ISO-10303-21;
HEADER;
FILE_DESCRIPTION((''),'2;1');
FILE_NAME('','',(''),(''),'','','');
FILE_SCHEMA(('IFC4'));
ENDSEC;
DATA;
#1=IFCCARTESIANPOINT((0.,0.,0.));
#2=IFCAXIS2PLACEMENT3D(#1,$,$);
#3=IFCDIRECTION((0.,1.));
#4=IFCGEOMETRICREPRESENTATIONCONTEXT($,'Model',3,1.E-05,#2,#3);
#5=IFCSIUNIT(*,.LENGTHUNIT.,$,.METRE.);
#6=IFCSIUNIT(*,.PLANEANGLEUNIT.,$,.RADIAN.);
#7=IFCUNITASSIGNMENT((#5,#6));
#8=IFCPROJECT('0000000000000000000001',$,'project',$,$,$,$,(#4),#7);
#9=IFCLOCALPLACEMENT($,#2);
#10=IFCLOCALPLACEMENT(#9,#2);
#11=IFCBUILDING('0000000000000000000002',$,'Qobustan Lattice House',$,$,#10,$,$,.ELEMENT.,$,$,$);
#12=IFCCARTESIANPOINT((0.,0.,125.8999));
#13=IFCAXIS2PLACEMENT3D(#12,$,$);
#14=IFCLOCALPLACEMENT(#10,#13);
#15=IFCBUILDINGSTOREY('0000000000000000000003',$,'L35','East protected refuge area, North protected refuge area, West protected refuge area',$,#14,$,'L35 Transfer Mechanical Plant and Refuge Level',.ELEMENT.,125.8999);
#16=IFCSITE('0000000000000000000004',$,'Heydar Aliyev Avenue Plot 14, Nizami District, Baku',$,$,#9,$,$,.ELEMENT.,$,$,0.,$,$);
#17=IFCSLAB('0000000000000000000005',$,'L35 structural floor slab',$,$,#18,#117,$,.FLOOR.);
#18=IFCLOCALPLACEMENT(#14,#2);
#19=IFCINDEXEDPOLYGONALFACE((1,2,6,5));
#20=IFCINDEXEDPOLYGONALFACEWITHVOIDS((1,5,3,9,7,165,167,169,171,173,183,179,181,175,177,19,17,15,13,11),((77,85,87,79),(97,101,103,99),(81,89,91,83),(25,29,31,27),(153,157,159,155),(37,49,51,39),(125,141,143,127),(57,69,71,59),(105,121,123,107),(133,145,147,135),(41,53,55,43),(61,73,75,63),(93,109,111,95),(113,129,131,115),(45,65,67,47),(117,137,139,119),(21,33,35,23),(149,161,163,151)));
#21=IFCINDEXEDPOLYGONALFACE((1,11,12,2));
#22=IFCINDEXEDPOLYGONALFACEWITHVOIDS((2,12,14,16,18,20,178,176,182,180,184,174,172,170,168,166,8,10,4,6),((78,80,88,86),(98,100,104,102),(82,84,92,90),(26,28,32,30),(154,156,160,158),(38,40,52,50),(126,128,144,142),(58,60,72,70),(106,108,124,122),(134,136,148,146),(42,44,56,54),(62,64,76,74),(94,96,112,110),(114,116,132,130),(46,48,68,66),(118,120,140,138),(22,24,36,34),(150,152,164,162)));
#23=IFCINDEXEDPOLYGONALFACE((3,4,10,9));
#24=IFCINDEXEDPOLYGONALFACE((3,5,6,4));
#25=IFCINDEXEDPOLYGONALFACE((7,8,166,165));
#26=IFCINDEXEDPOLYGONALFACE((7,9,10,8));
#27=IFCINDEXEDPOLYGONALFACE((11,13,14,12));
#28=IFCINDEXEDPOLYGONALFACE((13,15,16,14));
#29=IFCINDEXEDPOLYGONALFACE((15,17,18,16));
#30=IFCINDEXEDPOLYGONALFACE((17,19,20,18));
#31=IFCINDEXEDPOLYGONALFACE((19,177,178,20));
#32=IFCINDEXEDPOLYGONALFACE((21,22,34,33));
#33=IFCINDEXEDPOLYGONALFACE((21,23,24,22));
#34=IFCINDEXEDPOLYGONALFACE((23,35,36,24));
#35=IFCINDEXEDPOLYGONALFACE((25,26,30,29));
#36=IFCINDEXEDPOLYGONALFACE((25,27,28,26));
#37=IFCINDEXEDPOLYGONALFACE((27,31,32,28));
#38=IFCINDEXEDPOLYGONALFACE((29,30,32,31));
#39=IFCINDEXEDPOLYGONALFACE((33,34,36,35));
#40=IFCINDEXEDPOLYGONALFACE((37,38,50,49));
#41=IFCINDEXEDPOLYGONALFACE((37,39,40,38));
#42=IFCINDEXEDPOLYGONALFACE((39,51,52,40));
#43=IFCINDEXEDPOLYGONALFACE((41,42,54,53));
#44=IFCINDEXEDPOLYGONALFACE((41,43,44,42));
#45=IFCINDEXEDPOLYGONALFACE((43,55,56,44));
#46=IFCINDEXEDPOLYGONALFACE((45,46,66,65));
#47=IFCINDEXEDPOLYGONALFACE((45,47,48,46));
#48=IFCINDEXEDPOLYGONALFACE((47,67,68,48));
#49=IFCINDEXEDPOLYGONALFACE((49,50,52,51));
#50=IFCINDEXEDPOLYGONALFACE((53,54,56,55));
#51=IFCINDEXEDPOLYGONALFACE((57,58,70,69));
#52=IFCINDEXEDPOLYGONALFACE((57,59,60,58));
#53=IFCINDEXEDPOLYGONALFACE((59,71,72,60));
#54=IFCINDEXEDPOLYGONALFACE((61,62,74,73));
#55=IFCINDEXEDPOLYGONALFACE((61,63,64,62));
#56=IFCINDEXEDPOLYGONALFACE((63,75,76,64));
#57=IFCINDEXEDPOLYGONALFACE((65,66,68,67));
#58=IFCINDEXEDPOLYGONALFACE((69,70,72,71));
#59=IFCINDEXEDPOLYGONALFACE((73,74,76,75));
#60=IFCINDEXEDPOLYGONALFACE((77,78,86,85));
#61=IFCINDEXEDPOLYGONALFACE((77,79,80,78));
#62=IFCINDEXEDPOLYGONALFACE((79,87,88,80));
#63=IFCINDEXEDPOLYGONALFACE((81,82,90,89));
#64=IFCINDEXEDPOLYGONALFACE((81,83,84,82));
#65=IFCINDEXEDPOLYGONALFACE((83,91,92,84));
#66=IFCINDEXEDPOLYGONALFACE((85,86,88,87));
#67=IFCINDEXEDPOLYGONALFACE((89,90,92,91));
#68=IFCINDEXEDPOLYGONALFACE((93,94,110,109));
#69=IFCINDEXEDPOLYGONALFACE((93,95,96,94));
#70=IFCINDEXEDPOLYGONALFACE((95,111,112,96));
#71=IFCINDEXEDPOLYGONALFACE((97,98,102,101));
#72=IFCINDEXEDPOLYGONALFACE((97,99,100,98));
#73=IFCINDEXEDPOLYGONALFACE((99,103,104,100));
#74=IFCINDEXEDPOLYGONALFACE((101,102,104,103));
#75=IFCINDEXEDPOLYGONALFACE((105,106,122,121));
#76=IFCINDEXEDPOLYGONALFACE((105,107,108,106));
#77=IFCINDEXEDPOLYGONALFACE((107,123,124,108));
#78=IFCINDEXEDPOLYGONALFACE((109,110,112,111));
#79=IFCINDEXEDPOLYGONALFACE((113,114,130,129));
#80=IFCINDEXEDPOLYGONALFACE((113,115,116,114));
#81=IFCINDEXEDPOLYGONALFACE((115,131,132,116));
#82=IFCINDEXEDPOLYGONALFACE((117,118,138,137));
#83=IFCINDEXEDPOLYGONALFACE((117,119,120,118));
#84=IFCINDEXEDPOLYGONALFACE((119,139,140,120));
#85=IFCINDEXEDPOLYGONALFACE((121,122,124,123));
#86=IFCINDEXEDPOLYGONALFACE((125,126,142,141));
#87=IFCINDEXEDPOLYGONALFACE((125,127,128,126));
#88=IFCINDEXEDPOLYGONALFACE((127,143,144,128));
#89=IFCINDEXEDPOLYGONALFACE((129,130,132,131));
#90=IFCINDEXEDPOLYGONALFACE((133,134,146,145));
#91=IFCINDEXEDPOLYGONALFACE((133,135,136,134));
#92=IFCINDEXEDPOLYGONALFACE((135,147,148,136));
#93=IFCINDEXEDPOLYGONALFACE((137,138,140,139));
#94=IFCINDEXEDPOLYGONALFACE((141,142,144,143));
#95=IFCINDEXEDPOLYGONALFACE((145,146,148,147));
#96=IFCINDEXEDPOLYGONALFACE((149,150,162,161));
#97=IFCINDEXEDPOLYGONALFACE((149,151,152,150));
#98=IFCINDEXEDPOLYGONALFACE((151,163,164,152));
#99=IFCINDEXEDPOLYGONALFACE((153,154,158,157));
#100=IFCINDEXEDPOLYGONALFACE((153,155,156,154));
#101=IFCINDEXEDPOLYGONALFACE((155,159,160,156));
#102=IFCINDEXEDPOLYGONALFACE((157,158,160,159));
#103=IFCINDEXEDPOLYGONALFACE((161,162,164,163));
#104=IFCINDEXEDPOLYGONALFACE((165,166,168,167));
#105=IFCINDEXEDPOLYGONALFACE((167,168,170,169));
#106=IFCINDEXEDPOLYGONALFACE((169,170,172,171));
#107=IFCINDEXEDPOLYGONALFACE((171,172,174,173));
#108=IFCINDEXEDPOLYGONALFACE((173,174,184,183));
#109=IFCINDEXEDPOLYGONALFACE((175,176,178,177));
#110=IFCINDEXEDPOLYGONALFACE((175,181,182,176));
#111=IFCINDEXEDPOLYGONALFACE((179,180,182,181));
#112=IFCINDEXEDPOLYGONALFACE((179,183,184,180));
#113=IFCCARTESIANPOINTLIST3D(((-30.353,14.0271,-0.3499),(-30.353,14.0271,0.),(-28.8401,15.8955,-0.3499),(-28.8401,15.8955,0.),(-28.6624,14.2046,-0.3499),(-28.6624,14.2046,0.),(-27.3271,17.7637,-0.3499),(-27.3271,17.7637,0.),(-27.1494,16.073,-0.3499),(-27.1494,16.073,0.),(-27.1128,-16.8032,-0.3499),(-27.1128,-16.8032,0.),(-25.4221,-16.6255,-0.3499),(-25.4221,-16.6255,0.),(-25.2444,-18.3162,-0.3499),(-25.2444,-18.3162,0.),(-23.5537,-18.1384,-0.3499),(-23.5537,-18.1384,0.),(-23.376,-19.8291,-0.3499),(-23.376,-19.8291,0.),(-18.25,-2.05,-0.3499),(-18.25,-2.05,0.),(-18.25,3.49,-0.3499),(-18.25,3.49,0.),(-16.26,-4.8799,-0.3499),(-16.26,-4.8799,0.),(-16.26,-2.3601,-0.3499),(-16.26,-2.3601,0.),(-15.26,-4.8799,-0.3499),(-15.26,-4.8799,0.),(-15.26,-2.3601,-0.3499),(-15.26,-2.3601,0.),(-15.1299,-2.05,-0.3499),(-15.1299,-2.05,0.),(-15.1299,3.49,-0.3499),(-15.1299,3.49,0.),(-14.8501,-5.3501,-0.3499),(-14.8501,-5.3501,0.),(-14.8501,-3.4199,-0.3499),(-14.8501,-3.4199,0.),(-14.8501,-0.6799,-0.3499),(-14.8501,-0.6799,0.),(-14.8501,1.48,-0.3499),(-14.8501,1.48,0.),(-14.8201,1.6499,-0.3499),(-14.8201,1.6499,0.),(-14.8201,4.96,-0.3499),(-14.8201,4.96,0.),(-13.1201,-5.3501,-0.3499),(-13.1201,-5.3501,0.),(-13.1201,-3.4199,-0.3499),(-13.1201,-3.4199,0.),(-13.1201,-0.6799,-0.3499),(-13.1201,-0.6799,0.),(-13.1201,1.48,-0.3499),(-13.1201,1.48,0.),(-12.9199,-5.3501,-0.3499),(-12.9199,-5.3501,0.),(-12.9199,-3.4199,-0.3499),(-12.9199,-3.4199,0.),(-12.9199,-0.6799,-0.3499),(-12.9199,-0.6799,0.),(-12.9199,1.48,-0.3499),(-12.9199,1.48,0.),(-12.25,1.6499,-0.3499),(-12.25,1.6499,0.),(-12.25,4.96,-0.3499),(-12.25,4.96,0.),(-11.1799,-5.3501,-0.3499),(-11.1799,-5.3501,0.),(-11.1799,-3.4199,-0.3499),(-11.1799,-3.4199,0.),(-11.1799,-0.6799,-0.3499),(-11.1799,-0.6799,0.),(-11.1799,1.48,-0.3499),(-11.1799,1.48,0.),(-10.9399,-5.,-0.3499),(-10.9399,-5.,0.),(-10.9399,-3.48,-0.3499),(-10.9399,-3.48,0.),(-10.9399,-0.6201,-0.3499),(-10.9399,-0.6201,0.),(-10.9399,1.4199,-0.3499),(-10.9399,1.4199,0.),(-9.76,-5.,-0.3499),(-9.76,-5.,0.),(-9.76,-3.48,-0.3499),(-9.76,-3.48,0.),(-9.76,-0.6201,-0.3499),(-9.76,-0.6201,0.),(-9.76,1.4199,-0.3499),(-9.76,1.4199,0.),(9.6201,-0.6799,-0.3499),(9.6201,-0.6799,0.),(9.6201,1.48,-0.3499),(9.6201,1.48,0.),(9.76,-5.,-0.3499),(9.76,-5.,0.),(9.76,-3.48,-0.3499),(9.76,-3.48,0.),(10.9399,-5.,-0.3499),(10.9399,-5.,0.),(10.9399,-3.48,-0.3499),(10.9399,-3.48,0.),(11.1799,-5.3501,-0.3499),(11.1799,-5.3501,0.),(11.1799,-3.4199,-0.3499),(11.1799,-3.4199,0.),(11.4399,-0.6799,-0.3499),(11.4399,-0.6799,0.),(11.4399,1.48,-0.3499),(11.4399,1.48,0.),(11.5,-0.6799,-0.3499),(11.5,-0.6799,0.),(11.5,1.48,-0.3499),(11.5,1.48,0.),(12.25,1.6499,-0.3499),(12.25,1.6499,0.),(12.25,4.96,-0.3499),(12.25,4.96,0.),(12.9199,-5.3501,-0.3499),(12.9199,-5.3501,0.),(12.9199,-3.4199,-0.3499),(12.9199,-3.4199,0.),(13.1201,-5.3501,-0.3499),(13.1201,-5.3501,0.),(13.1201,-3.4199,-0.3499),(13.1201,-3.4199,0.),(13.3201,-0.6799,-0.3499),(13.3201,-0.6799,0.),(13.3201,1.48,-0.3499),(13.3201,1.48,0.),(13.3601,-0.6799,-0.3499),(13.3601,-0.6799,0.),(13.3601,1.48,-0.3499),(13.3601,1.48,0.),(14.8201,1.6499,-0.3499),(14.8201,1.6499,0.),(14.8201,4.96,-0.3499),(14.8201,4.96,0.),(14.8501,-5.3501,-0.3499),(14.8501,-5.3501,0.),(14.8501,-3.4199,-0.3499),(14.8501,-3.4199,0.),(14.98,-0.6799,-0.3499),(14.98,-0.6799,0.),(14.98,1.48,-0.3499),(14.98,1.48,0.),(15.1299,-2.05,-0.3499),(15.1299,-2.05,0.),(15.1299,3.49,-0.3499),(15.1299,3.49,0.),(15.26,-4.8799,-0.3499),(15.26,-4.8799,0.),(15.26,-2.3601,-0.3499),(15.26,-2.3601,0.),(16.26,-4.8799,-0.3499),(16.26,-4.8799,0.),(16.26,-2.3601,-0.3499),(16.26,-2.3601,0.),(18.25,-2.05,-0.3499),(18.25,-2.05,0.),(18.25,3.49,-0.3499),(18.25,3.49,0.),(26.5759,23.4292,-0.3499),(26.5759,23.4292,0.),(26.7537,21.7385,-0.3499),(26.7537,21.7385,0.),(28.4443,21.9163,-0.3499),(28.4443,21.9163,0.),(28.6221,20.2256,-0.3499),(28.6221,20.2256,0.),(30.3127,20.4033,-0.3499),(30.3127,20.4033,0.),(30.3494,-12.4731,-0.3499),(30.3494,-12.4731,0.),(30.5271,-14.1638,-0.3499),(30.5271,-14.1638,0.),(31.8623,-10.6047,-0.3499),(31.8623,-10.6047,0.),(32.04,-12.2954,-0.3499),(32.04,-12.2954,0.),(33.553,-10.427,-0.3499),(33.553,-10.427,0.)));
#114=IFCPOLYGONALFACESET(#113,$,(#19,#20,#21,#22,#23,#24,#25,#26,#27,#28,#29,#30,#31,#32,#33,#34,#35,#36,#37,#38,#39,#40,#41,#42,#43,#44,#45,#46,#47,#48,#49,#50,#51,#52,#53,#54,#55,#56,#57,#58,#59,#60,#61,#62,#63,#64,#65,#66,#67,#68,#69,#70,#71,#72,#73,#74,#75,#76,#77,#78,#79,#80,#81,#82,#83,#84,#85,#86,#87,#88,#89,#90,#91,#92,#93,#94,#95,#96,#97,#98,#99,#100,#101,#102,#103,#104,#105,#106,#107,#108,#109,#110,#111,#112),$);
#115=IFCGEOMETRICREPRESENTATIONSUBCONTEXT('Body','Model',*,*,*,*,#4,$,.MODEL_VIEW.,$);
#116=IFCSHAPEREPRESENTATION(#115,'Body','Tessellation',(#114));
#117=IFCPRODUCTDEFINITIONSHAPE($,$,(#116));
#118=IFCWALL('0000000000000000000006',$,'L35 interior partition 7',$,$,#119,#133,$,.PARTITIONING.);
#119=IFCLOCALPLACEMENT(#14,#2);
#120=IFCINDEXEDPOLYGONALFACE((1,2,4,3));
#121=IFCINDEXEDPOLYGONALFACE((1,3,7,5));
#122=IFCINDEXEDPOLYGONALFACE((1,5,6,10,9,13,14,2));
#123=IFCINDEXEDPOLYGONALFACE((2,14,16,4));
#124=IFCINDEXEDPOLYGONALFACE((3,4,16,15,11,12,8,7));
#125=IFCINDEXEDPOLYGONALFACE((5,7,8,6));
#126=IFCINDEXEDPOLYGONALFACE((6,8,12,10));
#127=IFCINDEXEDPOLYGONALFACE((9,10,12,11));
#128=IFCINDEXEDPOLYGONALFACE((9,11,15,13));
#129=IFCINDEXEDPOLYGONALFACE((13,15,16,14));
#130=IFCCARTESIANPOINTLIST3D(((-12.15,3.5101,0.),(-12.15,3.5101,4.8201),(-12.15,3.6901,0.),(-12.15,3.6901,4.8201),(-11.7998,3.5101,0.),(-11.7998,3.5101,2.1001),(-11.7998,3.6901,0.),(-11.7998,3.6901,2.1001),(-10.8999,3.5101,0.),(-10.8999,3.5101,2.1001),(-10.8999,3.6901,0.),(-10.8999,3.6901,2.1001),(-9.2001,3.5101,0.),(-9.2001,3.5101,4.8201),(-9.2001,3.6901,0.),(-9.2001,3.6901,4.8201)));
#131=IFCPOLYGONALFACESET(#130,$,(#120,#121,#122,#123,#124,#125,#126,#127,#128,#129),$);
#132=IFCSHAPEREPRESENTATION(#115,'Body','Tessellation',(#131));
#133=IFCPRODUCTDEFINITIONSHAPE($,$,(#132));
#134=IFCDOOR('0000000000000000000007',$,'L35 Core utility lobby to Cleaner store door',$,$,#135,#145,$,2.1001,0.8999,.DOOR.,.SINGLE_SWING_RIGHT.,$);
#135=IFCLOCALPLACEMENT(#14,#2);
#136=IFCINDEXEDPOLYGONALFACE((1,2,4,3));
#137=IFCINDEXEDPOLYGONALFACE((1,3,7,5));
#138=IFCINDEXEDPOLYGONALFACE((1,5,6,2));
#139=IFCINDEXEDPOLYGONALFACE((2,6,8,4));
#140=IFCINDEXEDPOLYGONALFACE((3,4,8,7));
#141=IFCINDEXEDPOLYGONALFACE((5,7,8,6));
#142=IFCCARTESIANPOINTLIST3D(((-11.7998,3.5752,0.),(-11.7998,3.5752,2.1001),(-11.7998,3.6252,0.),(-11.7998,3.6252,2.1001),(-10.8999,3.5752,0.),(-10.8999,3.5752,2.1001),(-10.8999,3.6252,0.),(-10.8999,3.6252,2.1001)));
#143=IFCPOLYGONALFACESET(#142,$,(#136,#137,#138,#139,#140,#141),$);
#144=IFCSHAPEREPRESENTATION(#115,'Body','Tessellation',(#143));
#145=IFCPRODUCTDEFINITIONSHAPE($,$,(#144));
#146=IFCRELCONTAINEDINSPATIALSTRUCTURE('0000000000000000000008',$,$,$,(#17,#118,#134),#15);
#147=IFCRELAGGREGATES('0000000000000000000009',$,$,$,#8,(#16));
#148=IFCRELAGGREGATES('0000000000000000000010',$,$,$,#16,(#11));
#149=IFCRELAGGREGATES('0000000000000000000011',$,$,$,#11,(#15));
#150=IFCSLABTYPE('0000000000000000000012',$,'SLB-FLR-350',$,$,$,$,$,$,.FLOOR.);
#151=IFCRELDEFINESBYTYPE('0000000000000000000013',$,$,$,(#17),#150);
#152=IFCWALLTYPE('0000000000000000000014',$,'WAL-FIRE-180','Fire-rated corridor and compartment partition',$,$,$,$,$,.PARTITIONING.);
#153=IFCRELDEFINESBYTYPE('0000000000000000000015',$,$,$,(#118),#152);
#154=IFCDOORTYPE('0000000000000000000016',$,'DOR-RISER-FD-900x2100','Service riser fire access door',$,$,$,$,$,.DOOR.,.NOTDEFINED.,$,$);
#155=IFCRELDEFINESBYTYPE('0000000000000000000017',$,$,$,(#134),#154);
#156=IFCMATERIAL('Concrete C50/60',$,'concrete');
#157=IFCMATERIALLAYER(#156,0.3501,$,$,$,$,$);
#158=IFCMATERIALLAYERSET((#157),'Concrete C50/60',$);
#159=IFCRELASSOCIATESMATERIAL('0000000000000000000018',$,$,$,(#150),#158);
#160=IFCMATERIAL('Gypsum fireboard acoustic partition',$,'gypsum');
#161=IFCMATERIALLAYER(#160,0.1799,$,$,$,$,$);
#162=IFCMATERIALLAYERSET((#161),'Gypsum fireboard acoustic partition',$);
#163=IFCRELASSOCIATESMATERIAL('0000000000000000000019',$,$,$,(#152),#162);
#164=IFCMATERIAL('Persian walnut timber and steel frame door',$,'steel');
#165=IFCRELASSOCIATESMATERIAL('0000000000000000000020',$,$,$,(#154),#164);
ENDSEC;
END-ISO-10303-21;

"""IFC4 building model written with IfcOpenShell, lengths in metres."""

from ifc_helpers import new_model, si_unit, direction, frame, frame_2d, origin, place, context, subcontext, project, spatial, polyline, rectangle, outline, extrude, material, layer, layer_set, type_object, element, fill, save


model = new_model("IFC4")

# Units and contexts
model_context = context("Model", 3, precision=1e-05, world=origin(), true_north=direction((0.0, 1.0)))
body_context = subcontext(model_context, "Body", "Model", "MODEL_VIEW")
ifc_project = project(units=[si_unit("LENGTHUNIT", "METRE"), si_unit("PLANEANGLEUNIT", "RADIAN")], contexts=[model_context])

# Site, building, storey
site_placement = place(None, origin())
site = spatial("IfcSite", under=ifc_project, at=site_placement, Name="Heydar Aliyev Avenue Plot 14, Nizami District, Baku", CompositionType="ELEMENT", RefElevation=0.0)
building_placement = place(site_placement, origin())
building = spatial("IfcBuilding", under=site, at=building_placement, Name="Qobustan Lattice House", CompositionType="ELEMENT")
storey_placement = place(building_placement, frame((0.0, 0.0, 125.8999)))
storey = spatial("IfcBuildingStorey", under=building, at=storey_placement, Name="L35", Description="East protected refuge area, North protected refuge area, West protected refuge area", LongName="L35 Transfer Mechanical Plant and Refuge Level", CompositionType="ELEMENT", Elevation=125.8999)

# Slab
ifc_material_1 = material(Name="Concrete C50/60", Category="concrete")
ifc_layer_1 = layer(ifc_material_1, 0.3501)
ifc_layer_set_1 = layer_set([ifc_layer_1], Name="Concrete C50/60")
slab_type = type_object("IfcSlabType", Name="SLB-FLR-350", PredefinedType="FLOOR", material=ifc_layer_set_1)
slab_placement = place(storey_placement, frame((0.0, 0.0, -0.3499)))
element("IfcSlab", 1, at=slab_placement, inside=storey, type_object=slab_type, Name="L35 structural floor slab", PredefinedType="FLOOR", context=body_context, shape_type="SweptSolid", body=[
    extrude(outline(polyline([(-23.376, -19.8291), (30.5271, -14.1638), (30.3494, -12.4731), (32.04, -12.2954), (31.8623, -10.6047), (33.553, -10.427), (30.3127, 20.4033), (28.6221, 20.2256), (28.4443, 21.9163), (26.7537, 21.7385), (26.5759, 23.4292), (-27.3271, 17.7637), (-27.1494, 16.073), (-28.8401, 15.8955), (-28.6624, 14.2046), (-30.353, 14.0271), (-27.1128, -16.8032), (-25.4221, -16.6255), (-25.2444, -18.3162), (-23.5537, -18.1384), (-23.376, -19.8291)]), holes=[polyline([(-18.25, -2.05), (-18.25, 3.49), (-15.1299, 3.49), (-15.1299, -2.05), (-18.25, -2.05)]), polyline([(15.1299, -2.05), (15.1299, 3.49), (18.25, 3.49), (18.25, -2.05), (15.1299, -2.05)]), polyline([(-14.8201, 1.6499), (-14.8201, 4.96), (-12.25, 4.96), (-12.25, 1.6499), (-14.8201, 1.6499)]), polyline([(12.25, 1.6499), (12.25, 4.96), (14.8201, 4.96), (14.8201, 1.6499), (12.25, 1.6499)]), polyline([(-16.26, -4.8799), (-16.26, -2.3601), (-15.26, -2.3601), (-15.26, -4.8799), (-16.26, -4.8799)]), polyline([(15.26, -4.8799), (15.26, -2.3601), (16.26, -2.3601), (16.26, -4.8799), (15.26, -4.8799)]), polyline([(-14.8501, -5.3501), (-14.8501, -3.4199), (-13.1201, -3.4199), (-13.1201, -5.3501), (-14.8501, -5.3501)]), polyline([(-12.9199, -5.3501), (-12.9199, -3.4199), (-11.1799, -3.4199), (-11.1799, -5.3501), (-12.9199, -5.3501)]), polyline([(-14.8501, -0.6799), (-14.8501, 1.48), (-13.1201, 1.48), (-13.1201, -0.6799), (-14.8501, -0.6799)]), polyline([(-12.9199, -0.6799), (-12.9199, 1.48), (-11.1799, 1.48), (-11.1799, -0.6799), (-12.9199, -0.6799)]), polyline([(-10.9399, -5.0), (-10.9399, -3.48), (-9.76, -3.48), (-9.76, -5.0), (-10.9399, -5.0)]), polyline([(-10.9399, -0.6201), (-10.9399, 1.4199), (-9.76, 1.4199), (-9.76, -0.6201), (-10.9399, -0.6201)]), polyline([(11.1799, -5.3501), (11.1799, -3.4199), (12.9199, -3.4199), (12.9199, -5.3501), (11.1799, -5.3501)]), polyline([(13.1201, -5.3501), (13.1201, -3.4199), (14.8501, -3.4199), (14.8501, -5.3501), (13.1201, -5.3501)]), polyline([(9.76, -5.0), (9.76, -3.48), (10.9399, -3.48), (10.9399, -5.0), (9.76, -5.0)]), polyline([(13.3601, -0.6799), (13.3601, 1.48), (14.98, 1.48), (14.98, -0.6799), (13.3601, -0.6799)]), polyline([(9.6201, -0.6799), (9.6201, 1.48), (11.4399, 1.48), (11.4399, -0.6799), (9.6201, -0.6799)]), polyline([(11.5, -0.6799), (11.5, 1.48), (13.3201, 1.48), (13.3201, -0.6799), (11.5, -0.6799)])]), origin(), (0.0, 0.0, 1.0), 0.3499),
])

# Wall, opening, door
ifc_material_2 = material(Name="Gypsum fireboard acoustic partition", Category="gypsum")
ifc_layer_2 = layer(ifc_material_2, 0.1799)
ifc_layer_set_2 = layer_set([ifc_layer_2], Name="Gypsum fireboard acoustic partition")
wall_type_1 = type_object("IfcWallType", Name="WAL-FIRE-180", Description="Fire-rated corridor and compartment partition", PredefinedType="PARTITIONING", material=ifc_layer_set_2)
wall_1_placement = place(storey_placement, frame((-9.2, 3.6001, 0.0), z_axis=(0.0, 0.0, 1.0), x_axis=(-1.0, 0.0, 0.0)))
wall_1 = element("IfcWall", 2, at=wall_1_placement, inside=storey, type_object=wall_type_1, Name="L35 interior partition 7", PredefinedType="PARTITIONING", context=body_context, shape_type="SweptSolid", body=[
    extrude(rectangle(XDim=2.95, YDim=0.1799, at=frame_2d((1.4751, 0.0))), origin(), (0.0, 0.0, 1.0), 4.8201),
])
opening_1_placement = place(wall_1_placement, frame((1.7, 0.0, 0.0)))
opening_1 = element("IfcOpeningElement", 3, at=opening_1_placement, cuts=wall_1, PredefinedType="OPENING", context=body_context, shape_type="SweptSolid", body=[
    extrude(rectangle(XDim=0.8999, YDim=2.1001, at=frame_2d((0.45, 1.05))), frame((0.0, 0.0999, 0.0), z_axis=(0.0, -1.0, 0.0), x_axis=(1.0, 0.0, 0.0)), (0.0, 0.0, 1.0), 0.2),
])
ifc_material_3 = material(Name="Persian walnut timber and steel frame door", Category="steel")
door_type_1 = type_object("IfcDoorType", Name="DOR-RISER-FD-900x2100", Description="Service riser fire access door", OperationType="NOTDEFINED", PredefinedType="DOOR", material=ifc_material_3)
door_1_placement = place(opening_1_placement, origin())
door_1 = element("IfcDoor", 4, at=door_1_placement, inside=storey, type_object=door_type_1, Name="L35 Core utility lobby to Cleaner store door", OperationType="SINGLE_SWING_RIGHT", OverallHeight=2.1001, OverallWidth=0.8999, PredefinedType="DOOR", context=body_context, shape_type="SweptSolid", body=[
    extrude(rectangle(XDim=0.8999, YDim=2.1001, at=frame_2d((0.45, 1.05))), frame((0.0, 0.0249, 0.0), z_axis=(0.0, -1.0, 0.0), x_axis=(1.0, 0.0, 0.0)), (0.0, 0.0, 1.0), 0.05),
])
fill(opening_1, door_1)

save(model, "model.ifc")
